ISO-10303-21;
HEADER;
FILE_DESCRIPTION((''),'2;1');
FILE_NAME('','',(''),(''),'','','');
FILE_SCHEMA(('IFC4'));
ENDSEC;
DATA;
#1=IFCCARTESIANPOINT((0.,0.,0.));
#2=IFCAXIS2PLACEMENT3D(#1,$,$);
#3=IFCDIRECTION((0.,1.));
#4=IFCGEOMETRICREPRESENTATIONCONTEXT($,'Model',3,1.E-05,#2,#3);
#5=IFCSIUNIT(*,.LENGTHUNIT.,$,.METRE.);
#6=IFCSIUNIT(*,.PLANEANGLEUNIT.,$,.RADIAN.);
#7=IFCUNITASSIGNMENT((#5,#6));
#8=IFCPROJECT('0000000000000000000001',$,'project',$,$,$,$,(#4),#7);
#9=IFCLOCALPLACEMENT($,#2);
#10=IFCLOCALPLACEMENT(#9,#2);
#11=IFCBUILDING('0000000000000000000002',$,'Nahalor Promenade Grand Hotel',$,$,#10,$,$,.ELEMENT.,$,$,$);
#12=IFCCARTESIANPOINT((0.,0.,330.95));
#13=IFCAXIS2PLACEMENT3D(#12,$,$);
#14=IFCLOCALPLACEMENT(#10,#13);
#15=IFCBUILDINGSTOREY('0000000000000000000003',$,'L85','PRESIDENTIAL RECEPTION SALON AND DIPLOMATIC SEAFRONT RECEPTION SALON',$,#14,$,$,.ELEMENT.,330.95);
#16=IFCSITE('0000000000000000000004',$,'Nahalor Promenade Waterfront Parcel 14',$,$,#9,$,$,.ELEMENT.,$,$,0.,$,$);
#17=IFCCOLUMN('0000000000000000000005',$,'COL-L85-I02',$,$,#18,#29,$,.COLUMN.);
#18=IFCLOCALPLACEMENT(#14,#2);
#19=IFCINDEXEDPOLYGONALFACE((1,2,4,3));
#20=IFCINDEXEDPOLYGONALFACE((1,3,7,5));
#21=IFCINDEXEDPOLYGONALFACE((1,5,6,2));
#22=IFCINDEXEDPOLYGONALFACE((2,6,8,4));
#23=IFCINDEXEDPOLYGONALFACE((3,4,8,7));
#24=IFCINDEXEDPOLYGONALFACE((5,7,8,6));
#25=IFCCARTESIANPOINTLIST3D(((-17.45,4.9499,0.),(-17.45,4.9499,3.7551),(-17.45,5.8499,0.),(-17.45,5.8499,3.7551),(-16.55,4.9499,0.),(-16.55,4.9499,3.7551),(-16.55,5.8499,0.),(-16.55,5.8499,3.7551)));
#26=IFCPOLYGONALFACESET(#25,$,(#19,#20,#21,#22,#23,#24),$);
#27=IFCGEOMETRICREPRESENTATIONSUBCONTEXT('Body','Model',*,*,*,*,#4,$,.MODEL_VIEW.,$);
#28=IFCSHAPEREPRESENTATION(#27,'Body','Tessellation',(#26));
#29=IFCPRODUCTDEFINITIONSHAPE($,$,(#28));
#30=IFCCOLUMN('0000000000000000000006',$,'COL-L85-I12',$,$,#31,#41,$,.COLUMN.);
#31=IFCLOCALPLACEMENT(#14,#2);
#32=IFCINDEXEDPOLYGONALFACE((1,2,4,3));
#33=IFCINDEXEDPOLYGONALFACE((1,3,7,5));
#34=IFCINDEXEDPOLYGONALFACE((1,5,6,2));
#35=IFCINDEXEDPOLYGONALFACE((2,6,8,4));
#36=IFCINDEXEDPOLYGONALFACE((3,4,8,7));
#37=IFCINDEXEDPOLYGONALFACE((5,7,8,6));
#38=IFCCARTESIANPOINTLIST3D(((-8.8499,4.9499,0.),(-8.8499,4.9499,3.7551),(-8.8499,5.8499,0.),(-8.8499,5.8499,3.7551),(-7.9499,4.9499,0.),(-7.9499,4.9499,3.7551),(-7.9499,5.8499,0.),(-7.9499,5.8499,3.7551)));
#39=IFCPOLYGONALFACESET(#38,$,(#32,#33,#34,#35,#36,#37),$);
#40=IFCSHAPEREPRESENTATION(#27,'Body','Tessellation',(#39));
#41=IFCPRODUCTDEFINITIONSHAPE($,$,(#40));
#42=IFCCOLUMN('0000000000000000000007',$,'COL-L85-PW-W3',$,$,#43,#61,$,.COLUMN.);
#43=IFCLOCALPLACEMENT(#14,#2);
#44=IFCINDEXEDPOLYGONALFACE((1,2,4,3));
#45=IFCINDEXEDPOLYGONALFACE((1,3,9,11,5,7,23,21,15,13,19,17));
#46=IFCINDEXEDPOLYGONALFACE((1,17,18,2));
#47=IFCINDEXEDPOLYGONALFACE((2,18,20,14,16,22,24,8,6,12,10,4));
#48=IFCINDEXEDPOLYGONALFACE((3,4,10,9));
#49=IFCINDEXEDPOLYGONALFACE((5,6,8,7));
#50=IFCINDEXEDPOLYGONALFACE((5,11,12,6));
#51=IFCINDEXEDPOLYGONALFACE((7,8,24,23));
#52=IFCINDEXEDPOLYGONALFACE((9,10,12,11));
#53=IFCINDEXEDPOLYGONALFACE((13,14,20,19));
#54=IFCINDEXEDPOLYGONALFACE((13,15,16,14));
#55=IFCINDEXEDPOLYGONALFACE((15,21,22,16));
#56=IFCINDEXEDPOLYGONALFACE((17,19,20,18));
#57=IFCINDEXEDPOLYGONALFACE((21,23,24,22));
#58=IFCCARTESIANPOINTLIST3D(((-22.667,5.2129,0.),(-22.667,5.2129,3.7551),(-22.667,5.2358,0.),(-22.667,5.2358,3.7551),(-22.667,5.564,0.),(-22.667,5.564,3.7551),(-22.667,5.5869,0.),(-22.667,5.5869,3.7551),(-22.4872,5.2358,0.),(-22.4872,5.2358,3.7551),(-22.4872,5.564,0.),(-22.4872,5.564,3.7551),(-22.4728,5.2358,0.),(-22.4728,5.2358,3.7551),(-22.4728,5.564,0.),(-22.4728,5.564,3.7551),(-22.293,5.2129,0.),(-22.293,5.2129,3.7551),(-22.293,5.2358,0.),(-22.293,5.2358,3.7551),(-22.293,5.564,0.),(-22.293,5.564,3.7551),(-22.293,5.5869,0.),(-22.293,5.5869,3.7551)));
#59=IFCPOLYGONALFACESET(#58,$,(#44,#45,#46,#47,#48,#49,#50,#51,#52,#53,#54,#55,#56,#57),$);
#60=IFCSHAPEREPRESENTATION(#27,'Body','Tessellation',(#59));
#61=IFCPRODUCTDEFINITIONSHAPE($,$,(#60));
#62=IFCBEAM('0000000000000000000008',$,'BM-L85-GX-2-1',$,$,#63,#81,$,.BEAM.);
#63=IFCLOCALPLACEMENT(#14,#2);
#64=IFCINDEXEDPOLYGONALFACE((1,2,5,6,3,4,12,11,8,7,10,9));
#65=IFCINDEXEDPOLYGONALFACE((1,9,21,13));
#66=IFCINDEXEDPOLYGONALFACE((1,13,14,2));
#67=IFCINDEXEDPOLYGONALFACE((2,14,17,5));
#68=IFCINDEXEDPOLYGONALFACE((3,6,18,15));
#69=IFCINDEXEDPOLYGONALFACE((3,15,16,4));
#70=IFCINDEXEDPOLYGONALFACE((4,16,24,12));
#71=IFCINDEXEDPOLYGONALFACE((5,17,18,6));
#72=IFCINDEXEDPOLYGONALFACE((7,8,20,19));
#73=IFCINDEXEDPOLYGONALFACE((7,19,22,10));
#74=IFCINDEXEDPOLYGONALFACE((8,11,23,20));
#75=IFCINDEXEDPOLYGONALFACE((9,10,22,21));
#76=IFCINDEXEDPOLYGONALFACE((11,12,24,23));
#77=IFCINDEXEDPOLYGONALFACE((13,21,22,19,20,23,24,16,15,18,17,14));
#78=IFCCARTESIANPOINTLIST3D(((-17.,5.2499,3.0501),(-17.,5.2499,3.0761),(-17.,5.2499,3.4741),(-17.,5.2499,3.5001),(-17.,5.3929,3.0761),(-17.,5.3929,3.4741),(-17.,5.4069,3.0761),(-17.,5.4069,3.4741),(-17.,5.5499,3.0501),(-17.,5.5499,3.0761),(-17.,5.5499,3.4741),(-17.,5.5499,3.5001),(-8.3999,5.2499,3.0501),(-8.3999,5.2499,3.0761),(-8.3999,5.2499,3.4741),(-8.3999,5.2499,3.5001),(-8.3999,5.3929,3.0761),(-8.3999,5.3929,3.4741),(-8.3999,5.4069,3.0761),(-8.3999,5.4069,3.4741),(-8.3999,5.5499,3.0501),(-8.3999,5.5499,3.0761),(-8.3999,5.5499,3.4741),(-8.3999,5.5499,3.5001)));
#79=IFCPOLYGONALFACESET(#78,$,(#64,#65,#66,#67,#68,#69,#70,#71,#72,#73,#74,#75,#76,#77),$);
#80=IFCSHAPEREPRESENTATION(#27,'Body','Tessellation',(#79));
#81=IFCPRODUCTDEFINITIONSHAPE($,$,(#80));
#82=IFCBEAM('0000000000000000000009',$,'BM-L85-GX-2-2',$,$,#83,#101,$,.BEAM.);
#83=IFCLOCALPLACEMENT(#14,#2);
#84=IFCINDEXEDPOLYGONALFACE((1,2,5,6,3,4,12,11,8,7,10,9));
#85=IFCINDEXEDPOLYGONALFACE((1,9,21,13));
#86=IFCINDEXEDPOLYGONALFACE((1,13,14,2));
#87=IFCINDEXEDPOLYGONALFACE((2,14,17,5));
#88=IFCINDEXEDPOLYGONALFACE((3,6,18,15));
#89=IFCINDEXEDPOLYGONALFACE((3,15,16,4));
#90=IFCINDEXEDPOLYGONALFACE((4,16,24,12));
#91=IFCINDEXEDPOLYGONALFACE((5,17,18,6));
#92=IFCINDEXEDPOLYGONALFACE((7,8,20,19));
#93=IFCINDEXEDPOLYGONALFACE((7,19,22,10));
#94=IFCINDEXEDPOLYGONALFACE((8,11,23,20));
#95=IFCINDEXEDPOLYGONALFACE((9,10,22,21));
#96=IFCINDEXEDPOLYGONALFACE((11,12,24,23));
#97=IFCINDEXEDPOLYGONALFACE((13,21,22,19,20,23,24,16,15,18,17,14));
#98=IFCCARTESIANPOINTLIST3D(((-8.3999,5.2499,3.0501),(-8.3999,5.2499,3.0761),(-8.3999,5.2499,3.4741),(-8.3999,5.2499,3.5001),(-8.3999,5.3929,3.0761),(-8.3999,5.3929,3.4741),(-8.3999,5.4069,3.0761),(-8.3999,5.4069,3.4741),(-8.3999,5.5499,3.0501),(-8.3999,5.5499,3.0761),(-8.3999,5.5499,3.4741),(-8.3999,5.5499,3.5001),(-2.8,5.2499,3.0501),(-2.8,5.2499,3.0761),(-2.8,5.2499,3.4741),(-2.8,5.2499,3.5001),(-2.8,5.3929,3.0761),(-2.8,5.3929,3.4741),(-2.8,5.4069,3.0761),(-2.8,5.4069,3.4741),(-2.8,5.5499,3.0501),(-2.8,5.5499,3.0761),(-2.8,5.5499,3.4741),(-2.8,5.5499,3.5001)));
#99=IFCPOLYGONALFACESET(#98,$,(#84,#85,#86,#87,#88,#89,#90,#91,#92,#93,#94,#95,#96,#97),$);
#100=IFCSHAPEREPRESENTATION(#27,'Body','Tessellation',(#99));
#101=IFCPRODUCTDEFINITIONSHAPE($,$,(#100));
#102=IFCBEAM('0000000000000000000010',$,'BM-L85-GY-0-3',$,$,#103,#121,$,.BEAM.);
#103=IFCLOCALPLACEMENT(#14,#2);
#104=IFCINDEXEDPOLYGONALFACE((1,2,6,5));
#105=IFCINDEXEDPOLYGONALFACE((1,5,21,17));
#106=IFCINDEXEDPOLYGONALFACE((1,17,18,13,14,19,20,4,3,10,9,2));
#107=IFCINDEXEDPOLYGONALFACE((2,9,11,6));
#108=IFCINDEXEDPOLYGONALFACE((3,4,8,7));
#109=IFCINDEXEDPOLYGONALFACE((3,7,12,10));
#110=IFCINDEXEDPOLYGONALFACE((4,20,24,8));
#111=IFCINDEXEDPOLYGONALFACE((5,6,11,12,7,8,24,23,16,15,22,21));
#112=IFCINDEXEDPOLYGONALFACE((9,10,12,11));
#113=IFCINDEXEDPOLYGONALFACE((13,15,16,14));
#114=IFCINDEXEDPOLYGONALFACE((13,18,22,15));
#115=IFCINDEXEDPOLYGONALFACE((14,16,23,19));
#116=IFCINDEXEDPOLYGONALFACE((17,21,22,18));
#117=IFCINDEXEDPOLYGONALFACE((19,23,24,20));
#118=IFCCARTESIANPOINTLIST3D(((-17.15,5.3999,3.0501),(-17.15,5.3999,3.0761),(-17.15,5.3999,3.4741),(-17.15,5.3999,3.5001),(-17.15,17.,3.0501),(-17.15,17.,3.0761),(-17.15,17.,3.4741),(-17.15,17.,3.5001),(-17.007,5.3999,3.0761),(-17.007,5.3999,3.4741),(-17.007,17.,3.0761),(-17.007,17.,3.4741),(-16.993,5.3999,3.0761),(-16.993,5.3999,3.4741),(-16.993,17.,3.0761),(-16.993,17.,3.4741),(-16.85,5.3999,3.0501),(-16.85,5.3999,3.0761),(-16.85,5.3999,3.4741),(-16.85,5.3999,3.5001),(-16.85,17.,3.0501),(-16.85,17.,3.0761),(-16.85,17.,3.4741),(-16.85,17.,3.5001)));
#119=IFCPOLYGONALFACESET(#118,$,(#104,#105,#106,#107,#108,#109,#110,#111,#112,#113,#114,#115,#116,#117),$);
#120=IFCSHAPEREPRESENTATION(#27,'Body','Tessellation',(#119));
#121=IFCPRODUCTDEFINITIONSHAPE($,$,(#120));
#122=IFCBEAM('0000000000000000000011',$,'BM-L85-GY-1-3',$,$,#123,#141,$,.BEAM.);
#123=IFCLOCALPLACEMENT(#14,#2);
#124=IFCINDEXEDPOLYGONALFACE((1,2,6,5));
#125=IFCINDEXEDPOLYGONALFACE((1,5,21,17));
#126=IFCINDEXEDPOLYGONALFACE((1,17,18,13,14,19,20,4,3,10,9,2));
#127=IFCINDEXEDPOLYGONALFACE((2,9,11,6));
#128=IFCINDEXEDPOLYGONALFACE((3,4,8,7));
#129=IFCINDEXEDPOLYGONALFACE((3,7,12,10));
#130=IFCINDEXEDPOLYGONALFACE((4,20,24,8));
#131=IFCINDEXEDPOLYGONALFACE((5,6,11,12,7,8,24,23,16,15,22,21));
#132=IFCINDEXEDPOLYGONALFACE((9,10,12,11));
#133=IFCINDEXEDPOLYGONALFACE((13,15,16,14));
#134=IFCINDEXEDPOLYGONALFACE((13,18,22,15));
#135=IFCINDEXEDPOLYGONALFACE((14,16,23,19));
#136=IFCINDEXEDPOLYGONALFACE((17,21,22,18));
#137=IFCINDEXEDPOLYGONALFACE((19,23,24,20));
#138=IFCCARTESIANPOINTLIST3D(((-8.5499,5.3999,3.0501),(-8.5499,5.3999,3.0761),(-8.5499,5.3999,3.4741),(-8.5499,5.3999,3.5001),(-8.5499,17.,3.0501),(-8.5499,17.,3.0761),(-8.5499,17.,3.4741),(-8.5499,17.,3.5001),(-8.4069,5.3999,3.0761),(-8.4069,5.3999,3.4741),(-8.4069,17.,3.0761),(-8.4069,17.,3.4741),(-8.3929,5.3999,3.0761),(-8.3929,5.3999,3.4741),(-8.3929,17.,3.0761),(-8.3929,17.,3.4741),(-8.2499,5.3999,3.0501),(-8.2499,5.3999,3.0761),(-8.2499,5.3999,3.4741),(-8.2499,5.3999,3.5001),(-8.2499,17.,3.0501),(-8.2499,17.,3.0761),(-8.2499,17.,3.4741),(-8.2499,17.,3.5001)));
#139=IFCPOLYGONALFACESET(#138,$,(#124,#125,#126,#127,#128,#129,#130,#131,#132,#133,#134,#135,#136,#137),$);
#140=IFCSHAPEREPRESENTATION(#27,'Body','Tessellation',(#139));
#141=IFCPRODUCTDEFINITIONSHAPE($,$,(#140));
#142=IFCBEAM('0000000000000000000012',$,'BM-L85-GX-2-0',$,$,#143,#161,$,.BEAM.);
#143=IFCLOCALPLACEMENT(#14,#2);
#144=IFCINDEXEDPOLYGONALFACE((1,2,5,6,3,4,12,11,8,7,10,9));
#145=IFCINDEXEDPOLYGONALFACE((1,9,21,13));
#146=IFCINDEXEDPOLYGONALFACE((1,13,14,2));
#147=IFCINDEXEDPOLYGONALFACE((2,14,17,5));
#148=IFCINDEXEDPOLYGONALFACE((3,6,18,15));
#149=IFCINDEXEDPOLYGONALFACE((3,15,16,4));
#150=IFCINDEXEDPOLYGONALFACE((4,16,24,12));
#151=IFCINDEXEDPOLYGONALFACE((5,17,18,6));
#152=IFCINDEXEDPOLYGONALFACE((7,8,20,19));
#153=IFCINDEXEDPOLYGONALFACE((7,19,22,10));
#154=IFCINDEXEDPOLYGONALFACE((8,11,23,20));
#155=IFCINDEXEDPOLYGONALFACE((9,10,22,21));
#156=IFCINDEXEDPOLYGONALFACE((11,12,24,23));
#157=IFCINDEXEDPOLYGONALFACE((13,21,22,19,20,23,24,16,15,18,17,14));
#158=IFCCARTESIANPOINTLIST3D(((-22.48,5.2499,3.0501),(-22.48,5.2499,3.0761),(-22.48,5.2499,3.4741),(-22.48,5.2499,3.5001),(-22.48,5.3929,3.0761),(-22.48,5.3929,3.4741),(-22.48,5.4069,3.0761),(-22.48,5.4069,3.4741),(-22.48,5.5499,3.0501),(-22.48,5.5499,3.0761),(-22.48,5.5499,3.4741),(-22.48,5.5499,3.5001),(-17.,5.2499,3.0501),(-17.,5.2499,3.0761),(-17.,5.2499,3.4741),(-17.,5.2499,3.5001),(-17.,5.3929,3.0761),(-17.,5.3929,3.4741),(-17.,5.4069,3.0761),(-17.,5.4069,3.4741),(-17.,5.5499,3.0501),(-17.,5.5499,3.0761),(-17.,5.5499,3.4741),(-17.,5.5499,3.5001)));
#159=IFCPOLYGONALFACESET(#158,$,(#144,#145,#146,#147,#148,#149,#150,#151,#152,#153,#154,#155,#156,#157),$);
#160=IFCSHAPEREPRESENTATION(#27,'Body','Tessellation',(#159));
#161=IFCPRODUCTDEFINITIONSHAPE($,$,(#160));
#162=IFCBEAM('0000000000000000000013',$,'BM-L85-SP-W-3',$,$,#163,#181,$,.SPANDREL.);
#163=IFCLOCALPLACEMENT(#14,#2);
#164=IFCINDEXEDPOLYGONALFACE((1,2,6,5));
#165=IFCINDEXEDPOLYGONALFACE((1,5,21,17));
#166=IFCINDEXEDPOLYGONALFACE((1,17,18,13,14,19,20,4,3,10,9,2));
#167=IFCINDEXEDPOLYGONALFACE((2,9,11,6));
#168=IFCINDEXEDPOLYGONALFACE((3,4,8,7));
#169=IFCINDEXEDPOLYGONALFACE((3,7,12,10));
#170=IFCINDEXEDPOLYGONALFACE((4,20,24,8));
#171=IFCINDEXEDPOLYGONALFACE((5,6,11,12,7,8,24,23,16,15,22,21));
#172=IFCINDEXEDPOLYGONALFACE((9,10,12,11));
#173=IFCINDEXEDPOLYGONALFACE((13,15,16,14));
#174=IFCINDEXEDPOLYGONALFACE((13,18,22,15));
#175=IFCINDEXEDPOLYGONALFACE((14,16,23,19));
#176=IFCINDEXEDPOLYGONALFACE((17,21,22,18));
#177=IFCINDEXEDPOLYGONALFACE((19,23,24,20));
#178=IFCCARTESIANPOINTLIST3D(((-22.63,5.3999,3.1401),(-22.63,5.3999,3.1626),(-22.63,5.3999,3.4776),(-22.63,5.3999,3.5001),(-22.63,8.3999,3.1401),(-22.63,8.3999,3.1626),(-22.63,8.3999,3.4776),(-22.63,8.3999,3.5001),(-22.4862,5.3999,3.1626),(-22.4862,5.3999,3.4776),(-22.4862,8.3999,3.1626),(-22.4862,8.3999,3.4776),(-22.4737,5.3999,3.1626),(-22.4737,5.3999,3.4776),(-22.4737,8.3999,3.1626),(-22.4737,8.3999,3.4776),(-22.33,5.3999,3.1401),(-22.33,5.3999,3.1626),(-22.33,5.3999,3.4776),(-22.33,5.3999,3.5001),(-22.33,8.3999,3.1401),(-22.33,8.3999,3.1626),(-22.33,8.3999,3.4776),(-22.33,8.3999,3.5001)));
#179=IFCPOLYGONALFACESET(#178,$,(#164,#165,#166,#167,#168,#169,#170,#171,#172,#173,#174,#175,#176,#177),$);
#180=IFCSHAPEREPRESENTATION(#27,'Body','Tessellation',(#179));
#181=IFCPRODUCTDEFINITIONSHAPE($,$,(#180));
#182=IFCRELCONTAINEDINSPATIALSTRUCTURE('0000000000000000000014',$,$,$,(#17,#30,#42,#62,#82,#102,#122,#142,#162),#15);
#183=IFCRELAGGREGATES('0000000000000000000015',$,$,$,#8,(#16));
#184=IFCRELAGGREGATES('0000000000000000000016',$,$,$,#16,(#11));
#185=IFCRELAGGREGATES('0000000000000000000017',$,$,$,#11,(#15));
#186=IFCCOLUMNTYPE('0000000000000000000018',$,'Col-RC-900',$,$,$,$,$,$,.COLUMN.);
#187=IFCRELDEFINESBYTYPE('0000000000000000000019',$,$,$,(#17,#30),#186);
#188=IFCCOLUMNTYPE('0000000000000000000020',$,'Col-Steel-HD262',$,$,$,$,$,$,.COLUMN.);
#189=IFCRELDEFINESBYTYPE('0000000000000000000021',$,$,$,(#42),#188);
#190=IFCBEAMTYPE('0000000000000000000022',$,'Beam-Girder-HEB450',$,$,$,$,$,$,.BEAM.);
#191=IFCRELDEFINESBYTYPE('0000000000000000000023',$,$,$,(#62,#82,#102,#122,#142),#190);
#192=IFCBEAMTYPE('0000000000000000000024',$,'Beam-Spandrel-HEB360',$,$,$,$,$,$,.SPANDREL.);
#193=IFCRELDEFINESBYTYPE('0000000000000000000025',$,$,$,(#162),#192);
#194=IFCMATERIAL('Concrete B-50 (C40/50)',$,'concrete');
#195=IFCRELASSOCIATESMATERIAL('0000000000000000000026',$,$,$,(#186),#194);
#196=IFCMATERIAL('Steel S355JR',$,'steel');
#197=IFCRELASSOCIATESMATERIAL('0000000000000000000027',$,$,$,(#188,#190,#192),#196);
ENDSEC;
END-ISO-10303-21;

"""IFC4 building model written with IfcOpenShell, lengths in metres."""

from ifc_helpers import new_model, si_unit, direction, frame, origin, origin_2d, place, context, subcontext, project, spatial, rectangle, i_section, extrude, source, transform, mapped, material, material_profile, profile_set, type_object, element, save


model = new_model("IFC4")

# Units and contexts
model_context = context("Model", 3, precision=1e-05, world=origin(), true_north=direction((0.0, 1.0)))
body_context = subcontext(model_context, "Body", "Model", "MODEL_VIEW")
ifc_project = project(units=[si_unit("LENGTHUNIT", "METRE"), si_unit("PLANEANGLEUNIT", "RADIAN")], contexts=[model_context])

# Site, building, storey
site_placement = place(None, origin())
site = spatial("IfcSite", under=ifc_project, at=site_placement, Name="Nahalor Promenade Waterfront Parcel 14", CompositionType="ELEMENT", RefElevation=0.0)
building_placement = place(site_placement, origin())
building = spatial("IfcBuilding", under=site, at=building_placement, Name="Nahalor Promenade Grand Hotel", CompositionType="ELEMENT")
storey_placement = place(building_placement, frame((0.0, 0.0, 330.95)))
storey = spatial("IfcBuildingStorey", under=building, at=storey_placement, Name="L85", Description="PRESIDENTIAL RECEPTION SALON AND DIPLOMATIC SEAFRONT RECEPTION SALON", CompositionType="ELEMENT", Elevation=330.95)

# Columns
ifc_material_1 = material(Name="Concrete B-50 (C40/50)", Category="concrete")
ifc_material_profile_1 = material_profile(ifc_material_1, rectangle(XDim=0.9, YDim=0.9, at=origin_2d()), Name="RC 900x900")
ifc_profile_set_1 = profile_set([ifc_material_profile_1], Name="Concrete B-50 (C40/50)")
column_type_1 = type_object("IfcColumnType", Name="Col-RC-900", PredefinedType="COLUMN", material=ifc_profile_set_1)
shared_shape_1 = source(origin(), body_context, "Body", "SweptSolid", [
    extrude(rectangle(XDim=0.9, YDim=0.9, at=origin_2d()), origin(), (0.0, 0.0, 1.0), 3.7551),
])
for number, where, z_axis, x_axis, name in (
    (1, (-17.0, 5.3999, 0.0), (0.0, 0.0, 1.0), (1.0, 0.0, 0.0), "COL-L85-I02"),
    (2, (-8.3999, 5.3999, 0.0), (0.0, 0.0, 1.0), (1.0, 0.0, 0.0), "COL-L85-I12"),
):
    element("IfcColumn", number, at=place(storey_placement, frame(where, z_axis=z_axis, x_axis=x_axis)), inside=storey, type_object=column_type_1, Name=name, PredefinedType="COLUMN", context=body_context, shape_type="MappedRepresentation", body=[
        mapped(shared_shape_1, transform((0.0, 0.0, 0.0), scale=1.0)),
    ])
ifc_material_2 = material(Name="Steel S355JR", Category="steel")
ifc_material_profile_2 = material_profile(ifc_material_2, i_section(OverallWidth=0.374, OverallDepth=0.374, WebThickness=0.0144, FlangeThickness=0.0229, at=origin_2d()), Name="HD 360x262")
ifc_profile_set_2 = profile_set([ifc_material_profile_2], Name="Steel S355JR")
column_type_2 = type_object("IfcColumnType", Name="Col-Steel-HD262", PredefinedType="COLUMN", material=ifc_profile_set_2)
shared_shape_2 = source(origin(), body_context, "Body", "SweptSolid", [
    extrude(i_section(OverallWidth=0.374, OverallDepth=0.374, WebThickness=0.0144, FlangeThickness=0.0229, at=origin_2d()), origin(), (0.0, 0.0, 1.0), 3.7551),
])
column_placement = place(storey_placement, frame((-22.48, 5.3999, 0.0), z_axis=(0.0, 0.0, 1.0), x_axis=(1.0, 0.0, 0.0)))
element("IfcColumn", 3, at=column_placement, inside=storey, type_object=column_type_2, Name="COL-L85-PW-W3", PredefinedType="COLUMN", context=body_context, shape_type="MappedRepresentation", body=[
    mapped(shared_shape_2, transform((0.0, 0.0, 0.0), scale=1.0)),
])

# Beams
ifc_material_profile_3 = material_profile(ifc_material_2, i_section(OverallWidth=0.3, OverallDepth=0.45, WebThickness=0.014, FlangeThickness=0.026, at=origin_2d()), Name="HEB 450")
ifc_profile_set_3 = profile_set([ifc_material_profile_3], Name="Steel S355JR")
beam_type_1 = type_object("IfcBeamType", Name="Beam-Girder-HEB450", PredefinedType="BEAM", material=ifc_profile_set_3)
shared_shape_3 = source(origin(), body_context, "Body", "SweptSolid", [
    extrude(i_section(OverallWidth=0.3, OverallDepth=0.45, WebThickness=0.014, FlangeThickness=0.026, at=origin_2d()), origin(), (0.0, 0.0, 1.0), 8.6001),
])
beam_1_placement = place(storey_placement, frame((-17.0, 5.3999, 3.2751), z_axis=(1.0, 0.0, 0.0), x_axis=(0.0, 1.0, 0.0)))
element("IfcBeam", 4, at=beam_1_placement, inside=storey, type_object=beam_type_1, Name="BM-L85-GX-2-1", PredefinedType="BEAM", context=body_context, shape_type="MappedRepresentation", body=[
    mapped(shared_shape_3, transform((0.0, 0.0, 0.0), scale=1.0)),
])
shared_shape_4 = source(origin(), body_context, "Body", "SweptSolid", [
    extrude(i_section(OverallWidth=0.3, OverallDepth=0.45, WebThickness=0.014, FlangeThickness=0.026, at=origin_2d()), origin(), (0.0, 0.0, 1.0), 5.5999),
])
beam_2_placement = place(storey_placement, frame((-8.3999, 5.3999, 3.2751), z_axis=(1.0, 0.0, 0.0), x_axis=(0.0, 1.0, 0.0)))
element("IfcBeam", 5, at=beam_2_placement, inside=storey, type_object=beam_type_1, Name="BM-L85-GX-2-2", PredefinedType="BEAM", context=body_context, shape_type="MappedRepresentation", body=[
    mapped(shared_shape_4, transform((0.0, 0.0, 0.0), scale=1.0)),
])
shared_shape_5 = source(origin(), body_context, "Body", "SweptSolid", [
    extrude(i_section(OverallWidth=0.3, OverallDepth=0.45, WebThickness=0.014, FlangeThickness=0.026, at=origin_2d()), origin(), (0.0, 0.0, 1.0), 11.6001),
])
for number, where, z_axis, x_axis, name in (
    (6, (-17.0, 5.3999, 3.2751), (0.0, 1.0, 0.0), (-1.0, 0.0, 0.0), "BM-L85-GY-0-3"),
    (7, (-8.3999, 5.3999, 3.2751), (0.0, 1.0, 0.0), (-1.0, 0.0, 0.0), "BM-L85-GY-1-3"),
):
    element("IfcBeam", number, at=place(storey_placement, frame(where, z_axis=z_axis, x_axis=x_axis)), inside=storey, type_object=beam_type_1, Name=name, PredefinedType="BEAM", context=body_context, shape_type="MappedRepresentation", body=[
        mapped(shared_shape_5, transform((0.0, 0.0, 0.0), scale=1.0)),
    ])
shared_shape_6 = source(origin(), body_context, "Body", "SweptSolid", [
    extrude(i_section(OverallWidth=0.3, OverallDepth=0.45, WebThickness=0.014, FlangeThickness=0.026, at=origin_2d()), origin(), (0.0, 0.0, 1.0), 5.48),
])
beam_3_placement = place(storey_placement, frame((-22.48, 5.3999, 3.2751), z_axis=(1.0, 0.0, 0.0), x_axis=(0.0, 1.0, 0.0)))
element("IfcBeam", 8, at=beam_3_placement, inside=storey, type_object=beam_type_1, Name="BM-L85-GX-2-0", PredefinedType="BEAM", context=body_context, shape_type="MappedRepresentation", body=[
    mapped(shared_shape_6, transform((0.0, 0.0, 0.0), scale=1.0)),
])
ifc_material_profile_4 = material_profile(ifc_material_2, i_section(OverallWidth=0.3, OverallDepth=0.36, WebThickness=0.0125, FlangeThickness=0.0225, at=origin_2d()), Name="HEB 360")
ifc_profile_set_4 = profile_set([ifc_material_profile_4], Name="Steel S355JR")
beam_type_2 = type_object("IfcBeamType", Name="Beam-Spandrel-HEB360", PredefinedType="SPANDREL", material=ifc_profile_set_4)
shared_shape_7 = source(origin(), body_context, "Body", "SweptSolid", [
    extrude(i_section(OverallWidth=0.3, OverallDepth=0.36, WebThickness=0.0125, FlangeThickness=0.0225, at=origin_2d()), origin(), (0.0, 0.0, 1.0), 3.0),
])
beam_4_placement = place(storey_placement, frame((-22.48, 5.3999, 3.3201), z_axis=(0.0, 1.0, 0.0), x_axis=(-1.0, 0.0, 0.0)))
element("IfcBeam", 9, at=beam_4_placement, inside=storey, type_object=beam_type_2, Name="BM-L85-SP-W-3", PredefinedType="SPANDREL", context=body_context, shape_type="MappedRepresentation", body=[
    mapped(shared_shape_7, transform((0.0, 0.0, 0.0), scale=1.0)),
])

save(model, "model.ifc")
